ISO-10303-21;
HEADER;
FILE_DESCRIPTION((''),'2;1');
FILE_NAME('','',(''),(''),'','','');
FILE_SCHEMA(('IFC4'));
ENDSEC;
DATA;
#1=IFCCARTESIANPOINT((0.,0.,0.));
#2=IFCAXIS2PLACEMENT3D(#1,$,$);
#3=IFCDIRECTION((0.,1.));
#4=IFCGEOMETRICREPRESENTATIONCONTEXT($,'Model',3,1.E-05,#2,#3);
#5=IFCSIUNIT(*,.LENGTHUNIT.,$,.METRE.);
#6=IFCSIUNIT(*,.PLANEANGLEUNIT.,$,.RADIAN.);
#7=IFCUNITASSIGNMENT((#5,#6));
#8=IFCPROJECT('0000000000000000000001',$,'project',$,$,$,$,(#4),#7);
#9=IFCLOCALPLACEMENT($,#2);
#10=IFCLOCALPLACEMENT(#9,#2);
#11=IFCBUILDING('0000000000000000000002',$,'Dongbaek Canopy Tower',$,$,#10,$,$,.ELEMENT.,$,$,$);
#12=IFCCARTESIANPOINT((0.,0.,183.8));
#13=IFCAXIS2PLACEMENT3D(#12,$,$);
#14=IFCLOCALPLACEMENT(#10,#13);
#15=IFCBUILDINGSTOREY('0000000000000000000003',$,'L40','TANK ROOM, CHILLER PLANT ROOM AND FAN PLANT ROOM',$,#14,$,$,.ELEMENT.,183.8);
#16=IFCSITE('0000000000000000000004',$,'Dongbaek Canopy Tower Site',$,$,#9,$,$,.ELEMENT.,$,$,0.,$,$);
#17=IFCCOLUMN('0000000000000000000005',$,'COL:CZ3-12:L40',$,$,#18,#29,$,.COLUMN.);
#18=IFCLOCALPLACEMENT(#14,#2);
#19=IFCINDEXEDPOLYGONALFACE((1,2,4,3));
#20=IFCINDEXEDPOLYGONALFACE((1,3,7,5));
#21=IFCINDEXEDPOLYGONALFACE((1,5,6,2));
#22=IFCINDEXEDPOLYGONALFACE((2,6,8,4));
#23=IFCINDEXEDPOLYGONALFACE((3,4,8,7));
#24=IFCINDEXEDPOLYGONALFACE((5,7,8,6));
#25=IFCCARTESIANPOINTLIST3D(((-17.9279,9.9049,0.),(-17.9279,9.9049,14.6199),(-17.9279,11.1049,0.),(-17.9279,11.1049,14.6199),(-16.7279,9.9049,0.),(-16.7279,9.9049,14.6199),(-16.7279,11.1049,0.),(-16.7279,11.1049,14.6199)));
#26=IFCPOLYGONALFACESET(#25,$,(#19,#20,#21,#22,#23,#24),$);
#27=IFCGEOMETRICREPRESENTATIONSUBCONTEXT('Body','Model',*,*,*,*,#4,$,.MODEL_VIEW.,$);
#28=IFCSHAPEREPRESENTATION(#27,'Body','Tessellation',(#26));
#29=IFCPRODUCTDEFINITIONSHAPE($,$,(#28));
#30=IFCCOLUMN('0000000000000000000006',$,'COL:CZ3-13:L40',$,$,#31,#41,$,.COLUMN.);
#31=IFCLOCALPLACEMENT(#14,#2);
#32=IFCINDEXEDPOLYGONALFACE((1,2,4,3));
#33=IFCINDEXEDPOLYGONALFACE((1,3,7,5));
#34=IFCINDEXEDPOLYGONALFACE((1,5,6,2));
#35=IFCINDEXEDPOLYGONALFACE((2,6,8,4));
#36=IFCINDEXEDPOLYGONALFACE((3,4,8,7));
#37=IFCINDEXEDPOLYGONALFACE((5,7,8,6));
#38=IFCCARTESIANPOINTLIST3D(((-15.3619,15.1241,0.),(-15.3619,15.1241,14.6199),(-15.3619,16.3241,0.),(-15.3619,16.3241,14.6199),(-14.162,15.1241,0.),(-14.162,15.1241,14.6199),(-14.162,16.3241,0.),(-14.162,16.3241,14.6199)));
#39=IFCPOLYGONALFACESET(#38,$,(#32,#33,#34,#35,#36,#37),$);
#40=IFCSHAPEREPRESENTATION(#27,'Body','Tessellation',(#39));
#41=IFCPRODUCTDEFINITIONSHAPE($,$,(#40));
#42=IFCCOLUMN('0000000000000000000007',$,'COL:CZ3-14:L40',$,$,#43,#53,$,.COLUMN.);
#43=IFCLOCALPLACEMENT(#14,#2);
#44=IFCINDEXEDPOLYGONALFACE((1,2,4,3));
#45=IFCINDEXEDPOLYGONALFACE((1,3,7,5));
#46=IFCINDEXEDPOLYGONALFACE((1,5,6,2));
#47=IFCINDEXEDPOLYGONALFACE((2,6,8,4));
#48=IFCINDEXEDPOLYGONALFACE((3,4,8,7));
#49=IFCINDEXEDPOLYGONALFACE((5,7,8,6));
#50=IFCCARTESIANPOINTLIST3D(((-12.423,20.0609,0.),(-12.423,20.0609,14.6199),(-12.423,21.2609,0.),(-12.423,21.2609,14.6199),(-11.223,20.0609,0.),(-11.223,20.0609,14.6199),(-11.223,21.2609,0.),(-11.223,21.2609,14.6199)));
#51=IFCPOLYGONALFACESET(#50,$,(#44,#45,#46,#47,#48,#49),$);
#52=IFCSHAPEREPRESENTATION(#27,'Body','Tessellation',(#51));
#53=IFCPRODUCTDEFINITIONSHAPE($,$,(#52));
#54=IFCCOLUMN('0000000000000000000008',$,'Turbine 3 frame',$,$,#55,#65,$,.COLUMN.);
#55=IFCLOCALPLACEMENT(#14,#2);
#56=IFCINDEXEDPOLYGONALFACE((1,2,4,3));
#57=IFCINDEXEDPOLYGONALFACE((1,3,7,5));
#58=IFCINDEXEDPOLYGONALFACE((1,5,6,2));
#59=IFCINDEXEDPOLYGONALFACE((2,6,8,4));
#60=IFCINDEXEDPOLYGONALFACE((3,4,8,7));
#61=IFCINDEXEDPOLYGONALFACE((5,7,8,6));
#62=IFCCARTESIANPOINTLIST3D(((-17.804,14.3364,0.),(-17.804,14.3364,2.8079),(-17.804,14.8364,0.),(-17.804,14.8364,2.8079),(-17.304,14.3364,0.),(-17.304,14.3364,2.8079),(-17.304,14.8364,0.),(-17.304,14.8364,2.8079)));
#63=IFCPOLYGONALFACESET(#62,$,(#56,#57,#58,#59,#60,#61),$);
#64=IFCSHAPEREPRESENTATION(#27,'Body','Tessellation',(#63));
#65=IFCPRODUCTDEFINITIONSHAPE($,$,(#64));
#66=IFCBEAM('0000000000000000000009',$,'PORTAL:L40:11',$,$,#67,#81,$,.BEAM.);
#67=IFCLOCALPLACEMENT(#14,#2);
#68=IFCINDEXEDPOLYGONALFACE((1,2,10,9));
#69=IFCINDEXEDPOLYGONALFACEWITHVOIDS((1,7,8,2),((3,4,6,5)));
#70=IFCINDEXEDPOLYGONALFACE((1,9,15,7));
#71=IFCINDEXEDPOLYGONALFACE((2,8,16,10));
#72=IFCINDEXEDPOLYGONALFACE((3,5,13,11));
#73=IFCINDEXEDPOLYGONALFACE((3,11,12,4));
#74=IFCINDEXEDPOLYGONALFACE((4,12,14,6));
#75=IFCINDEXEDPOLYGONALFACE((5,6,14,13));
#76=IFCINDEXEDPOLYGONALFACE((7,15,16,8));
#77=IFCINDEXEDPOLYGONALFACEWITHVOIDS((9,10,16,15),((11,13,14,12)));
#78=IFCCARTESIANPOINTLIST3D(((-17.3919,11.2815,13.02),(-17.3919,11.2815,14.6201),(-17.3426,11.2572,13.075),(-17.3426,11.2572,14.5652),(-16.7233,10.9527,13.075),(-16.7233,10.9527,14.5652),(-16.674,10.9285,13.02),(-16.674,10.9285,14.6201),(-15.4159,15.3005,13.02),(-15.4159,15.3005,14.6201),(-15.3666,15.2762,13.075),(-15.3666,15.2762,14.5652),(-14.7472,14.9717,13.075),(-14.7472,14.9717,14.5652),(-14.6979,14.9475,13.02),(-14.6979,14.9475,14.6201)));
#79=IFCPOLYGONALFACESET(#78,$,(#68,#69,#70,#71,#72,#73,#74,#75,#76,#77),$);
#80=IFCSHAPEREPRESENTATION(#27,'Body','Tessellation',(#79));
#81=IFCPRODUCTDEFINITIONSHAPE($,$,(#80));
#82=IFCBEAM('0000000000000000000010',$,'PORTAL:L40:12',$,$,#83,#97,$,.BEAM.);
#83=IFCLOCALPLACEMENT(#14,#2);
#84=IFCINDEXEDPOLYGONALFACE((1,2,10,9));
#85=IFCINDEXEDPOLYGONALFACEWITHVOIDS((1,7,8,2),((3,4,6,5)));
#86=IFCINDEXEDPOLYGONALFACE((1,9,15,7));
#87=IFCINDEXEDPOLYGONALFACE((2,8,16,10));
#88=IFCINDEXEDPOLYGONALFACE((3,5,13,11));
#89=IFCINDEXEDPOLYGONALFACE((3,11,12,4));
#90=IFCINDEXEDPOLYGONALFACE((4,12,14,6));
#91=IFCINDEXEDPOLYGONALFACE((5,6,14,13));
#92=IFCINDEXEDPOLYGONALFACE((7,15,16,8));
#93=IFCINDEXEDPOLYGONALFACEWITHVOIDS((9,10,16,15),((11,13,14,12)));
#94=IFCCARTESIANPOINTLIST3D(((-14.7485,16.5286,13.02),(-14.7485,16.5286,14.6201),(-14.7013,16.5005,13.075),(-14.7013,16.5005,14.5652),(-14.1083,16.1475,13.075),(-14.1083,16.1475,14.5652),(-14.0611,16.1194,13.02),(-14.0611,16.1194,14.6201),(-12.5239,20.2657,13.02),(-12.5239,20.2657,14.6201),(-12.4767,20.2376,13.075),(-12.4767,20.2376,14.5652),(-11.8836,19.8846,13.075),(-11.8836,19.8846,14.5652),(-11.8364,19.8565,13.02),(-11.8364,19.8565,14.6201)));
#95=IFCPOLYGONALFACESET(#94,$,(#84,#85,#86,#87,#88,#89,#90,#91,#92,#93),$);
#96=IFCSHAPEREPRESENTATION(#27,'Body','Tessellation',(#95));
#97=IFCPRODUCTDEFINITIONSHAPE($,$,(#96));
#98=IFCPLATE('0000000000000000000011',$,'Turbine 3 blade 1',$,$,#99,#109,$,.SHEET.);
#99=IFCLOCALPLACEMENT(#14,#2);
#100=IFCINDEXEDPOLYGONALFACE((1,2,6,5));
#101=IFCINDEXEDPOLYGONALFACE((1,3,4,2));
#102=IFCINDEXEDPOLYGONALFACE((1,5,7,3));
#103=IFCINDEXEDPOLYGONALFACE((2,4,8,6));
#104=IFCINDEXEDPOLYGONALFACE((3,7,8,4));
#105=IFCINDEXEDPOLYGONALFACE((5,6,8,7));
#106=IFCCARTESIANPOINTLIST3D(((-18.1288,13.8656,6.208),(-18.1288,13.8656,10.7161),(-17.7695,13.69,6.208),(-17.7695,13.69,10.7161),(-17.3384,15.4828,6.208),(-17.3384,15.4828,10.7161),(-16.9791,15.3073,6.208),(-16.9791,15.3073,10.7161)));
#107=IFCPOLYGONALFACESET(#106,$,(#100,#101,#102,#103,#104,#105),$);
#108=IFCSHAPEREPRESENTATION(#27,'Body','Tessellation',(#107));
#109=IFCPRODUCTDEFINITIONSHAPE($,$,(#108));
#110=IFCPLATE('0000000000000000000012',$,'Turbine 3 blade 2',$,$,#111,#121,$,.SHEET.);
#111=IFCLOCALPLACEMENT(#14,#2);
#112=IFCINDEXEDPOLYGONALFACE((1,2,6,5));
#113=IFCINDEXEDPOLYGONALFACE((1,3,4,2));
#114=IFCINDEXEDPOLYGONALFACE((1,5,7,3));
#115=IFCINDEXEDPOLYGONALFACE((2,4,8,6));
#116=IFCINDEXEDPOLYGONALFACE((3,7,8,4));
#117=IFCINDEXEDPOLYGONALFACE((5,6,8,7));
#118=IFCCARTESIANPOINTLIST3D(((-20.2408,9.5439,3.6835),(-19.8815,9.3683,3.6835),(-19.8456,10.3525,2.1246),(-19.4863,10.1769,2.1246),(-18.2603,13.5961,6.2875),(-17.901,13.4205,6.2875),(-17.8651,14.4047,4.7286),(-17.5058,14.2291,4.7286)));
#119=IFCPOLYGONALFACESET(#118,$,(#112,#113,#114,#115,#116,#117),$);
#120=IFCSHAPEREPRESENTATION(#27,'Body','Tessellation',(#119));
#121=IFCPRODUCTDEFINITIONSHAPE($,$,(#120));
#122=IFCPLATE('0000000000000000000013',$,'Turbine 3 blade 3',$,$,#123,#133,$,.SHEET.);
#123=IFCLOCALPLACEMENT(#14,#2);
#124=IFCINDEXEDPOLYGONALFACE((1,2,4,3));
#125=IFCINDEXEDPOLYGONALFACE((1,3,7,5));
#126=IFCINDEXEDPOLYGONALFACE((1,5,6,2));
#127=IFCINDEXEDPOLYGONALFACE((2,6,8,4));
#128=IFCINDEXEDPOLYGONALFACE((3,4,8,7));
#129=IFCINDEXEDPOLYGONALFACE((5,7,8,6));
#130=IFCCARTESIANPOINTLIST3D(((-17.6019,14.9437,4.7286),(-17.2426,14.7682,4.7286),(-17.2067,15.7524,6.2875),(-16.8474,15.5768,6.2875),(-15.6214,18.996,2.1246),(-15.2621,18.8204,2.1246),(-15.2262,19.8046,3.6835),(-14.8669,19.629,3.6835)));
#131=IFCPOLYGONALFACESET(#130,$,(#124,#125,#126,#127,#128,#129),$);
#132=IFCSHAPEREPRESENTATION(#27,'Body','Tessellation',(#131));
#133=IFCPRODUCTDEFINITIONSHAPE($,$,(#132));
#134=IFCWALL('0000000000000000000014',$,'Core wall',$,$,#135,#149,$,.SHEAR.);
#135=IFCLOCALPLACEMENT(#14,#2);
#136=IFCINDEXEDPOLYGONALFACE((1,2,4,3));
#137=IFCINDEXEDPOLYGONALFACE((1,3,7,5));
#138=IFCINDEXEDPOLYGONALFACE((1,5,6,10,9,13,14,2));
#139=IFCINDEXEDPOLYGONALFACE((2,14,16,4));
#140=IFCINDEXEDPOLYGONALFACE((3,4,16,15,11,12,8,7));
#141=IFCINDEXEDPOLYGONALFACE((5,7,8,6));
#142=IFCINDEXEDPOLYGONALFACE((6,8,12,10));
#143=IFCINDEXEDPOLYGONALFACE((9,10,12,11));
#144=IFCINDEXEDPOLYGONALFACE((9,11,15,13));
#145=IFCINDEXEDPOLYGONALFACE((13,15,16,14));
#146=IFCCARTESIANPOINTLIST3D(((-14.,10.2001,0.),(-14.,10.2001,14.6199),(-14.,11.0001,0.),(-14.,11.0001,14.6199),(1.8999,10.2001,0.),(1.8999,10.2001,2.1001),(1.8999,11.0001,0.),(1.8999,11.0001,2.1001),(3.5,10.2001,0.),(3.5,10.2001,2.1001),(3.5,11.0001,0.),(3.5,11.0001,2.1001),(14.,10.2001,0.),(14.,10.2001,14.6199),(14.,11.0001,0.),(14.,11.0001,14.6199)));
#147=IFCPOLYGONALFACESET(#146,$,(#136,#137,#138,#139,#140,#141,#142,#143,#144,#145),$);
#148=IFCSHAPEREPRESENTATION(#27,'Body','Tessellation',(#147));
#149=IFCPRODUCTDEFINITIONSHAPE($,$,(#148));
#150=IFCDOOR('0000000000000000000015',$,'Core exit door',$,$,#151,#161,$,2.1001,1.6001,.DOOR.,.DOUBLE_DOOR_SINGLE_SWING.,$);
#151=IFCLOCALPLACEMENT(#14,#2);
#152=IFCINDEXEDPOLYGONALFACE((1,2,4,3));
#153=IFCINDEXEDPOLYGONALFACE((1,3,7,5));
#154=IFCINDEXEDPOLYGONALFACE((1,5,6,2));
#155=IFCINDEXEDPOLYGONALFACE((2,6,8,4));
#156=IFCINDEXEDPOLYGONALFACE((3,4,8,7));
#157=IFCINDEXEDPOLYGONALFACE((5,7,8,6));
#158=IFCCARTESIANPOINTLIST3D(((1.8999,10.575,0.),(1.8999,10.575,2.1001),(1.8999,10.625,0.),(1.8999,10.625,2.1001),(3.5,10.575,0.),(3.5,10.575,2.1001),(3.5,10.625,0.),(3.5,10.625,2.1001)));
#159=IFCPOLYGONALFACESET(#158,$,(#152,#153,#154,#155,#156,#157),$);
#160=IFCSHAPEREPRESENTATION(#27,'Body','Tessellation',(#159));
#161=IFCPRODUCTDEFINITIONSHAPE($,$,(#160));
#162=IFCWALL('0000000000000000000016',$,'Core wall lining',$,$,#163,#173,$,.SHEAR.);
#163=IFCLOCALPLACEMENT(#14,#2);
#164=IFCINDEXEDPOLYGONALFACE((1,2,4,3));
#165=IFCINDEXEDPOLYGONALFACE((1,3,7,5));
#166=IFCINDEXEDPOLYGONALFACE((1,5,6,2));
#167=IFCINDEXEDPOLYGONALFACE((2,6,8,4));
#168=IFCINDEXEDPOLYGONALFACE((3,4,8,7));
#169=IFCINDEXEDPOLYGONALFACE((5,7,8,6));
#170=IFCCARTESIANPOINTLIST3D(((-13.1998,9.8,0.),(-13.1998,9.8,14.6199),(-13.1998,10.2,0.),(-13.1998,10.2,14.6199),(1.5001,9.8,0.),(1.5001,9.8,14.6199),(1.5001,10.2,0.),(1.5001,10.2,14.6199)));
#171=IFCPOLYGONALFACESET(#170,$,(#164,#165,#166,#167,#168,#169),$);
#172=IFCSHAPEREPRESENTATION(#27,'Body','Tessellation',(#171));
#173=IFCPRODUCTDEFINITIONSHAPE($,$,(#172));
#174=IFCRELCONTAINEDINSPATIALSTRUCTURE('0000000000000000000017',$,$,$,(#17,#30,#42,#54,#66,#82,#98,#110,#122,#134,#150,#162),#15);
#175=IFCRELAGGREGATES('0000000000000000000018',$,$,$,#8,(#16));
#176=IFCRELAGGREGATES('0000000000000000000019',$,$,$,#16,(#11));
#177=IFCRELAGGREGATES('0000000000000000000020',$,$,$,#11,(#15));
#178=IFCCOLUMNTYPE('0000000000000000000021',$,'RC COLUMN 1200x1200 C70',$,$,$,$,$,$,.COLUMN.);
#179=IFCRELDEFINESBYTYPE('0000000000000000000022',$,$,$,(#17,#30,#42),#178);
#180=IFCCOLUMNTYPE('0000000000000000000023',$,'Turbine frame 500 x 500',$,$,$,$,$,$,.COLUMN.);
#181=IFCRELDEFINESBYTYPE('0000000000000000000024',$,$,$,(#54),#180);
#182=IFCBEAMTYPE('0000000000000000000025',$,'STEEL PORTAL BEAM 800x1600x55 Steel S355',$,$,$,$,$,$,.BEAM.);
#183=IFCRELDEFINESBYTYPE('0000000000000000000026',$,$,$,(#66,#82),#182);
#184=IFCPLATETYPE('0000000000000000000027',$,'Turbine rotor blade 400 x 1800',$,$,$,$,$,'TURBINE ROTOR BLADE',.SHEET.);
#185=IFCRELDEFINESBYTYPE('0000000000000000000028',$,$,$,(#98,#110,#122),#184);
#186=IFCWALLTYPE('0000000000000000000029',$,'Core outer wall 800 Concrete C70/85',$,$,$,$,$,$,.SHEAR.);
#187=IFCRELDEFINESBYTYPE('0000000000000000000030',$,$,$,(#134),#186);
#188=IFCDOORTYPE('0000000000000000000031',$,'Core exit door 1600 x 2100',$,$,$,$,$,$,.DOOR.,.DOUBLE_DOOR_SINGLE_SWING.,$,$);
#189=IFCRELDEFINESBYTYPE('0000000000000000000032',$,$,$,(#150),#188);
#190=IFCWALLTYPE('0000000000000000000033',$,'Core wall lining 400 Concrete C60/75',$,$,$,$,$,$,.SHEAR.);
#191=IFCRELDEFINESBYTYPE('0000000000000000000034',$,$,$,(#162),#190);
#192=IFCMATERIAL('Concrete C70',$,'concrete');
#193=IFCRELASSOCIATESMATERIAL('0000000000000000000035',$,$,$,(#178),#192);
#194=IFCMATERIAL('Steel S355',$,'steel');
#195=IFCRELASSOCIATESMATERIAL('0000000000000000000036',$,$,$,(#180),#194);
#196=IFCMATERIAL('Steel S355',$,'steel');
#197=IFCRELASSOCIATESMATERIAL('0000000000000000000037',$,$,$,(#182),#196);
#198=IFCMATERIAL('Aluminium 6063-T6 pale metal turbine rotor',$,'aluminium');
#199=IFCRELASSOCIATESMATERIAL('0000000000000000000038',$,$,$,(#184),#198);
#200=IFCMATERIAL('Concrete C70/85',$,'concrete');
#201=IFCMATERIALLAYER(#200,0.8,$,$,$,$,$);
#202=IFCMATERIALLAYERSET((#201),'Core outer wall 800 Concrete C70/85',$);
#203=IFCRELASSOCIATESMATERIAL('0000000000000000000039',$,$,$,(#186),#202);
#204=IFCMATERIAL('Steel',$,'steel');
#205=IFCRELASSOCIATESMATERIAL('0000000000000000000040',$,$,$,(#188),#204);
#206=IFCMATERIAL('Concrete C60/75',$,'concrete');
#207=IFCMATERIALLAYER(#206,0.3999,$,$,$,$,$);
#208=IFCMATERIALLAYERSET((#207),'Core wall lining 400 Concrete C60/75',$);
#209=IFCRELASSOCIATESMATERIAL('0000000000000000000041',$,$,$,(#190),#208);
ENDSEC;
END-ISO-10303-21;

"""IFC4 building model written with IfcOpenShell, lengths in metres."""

from ifc_helpers import new_model, si_unit, direction, frame, frame_2d, origin, origin_2d, place, context, subcontext, project, spatial, rectangle, hollow_rectangle, extrude, material, layer, layer_set, material_profile, profile_set, type_object, element, fill, save


model = new_model("IFC4")

# Units and contexts
model_context = context("Model", 3, precision=1e-05, world=origin(), true_north=direction((0.0, 1.0)))
body_context = subcontext(model_context, "Body", "Model", "MODEL_VIEW")
ifc_project = project(units=[si_unit("LENGTHUNIT", "METRE"), si_unit("PLANEANGLEUNIT", "RADIAN")], contexts=[model_context])

# Site, building, storey
site_placement = place(None, origin())
site = spatial("IfcSite", under=ifc_project, at=site_placement, Name="Dongbaek Canopy Tower Site", CompositionType="ELEMENT", RefElevation=0.0)
building_placement = place(site_placement, origin())
building = spatial("IfcBuilding", under=site, at=building_placement, Name="Dongbaek Canopy Tower", CompositionType="ELEMENT")
storey_placement = place(building_placement, frame((0.0, 0.0, 183.8)))
storey = spatial("IfcBuildingStorey", under=building, at=storey_placement, Name="L40", Description="TANK ROOM, CHILLER PLANT ROOM AND FAN PLANT ROOM", CompositionType="ELEMENT", Elevation=183.8)

# Columns
ifc_material_1 = material(Name="Concrete C70", Category="concrete")
ifc_material_profile_1 = material_profile(ifc_material_1, rectangle(XDim=1.2, YDim=1.2, at=origin_2d()), Name="RC COLUMN 1200x1200 C70")
ifc_profile_set_1 = profile_set([ifc_material_profile_1], Name="Concrete C70")
column_type_1 = type_object("IfcColumnType", Name="RC COLUMN 1200x1200 C70", PredefinedType="COLUMN", material=ifc_profile_set_1)
for number, where, z_axis, x_axis, name in (
    (1, (-17.3279, 10.5049, 0.0), (0.0, 0.0, 1.0), (1.0, 0.0, 0.0), "COL:CZ3-12:L40"),
    (2, (-14.762, 15.7241, 0.0), (0.0, 0.0, 1.0), (1.0, 0.0, 0.0), "COL:CZ3-13:L40"),
    (3, (-11.823, 20.6609, 0.0), (0.0, 0.0, 1.0), (1.0, 0.0, 0.0), "COL:CZ3-14:L40"),
):
    element("IfcColumn", number, at=place(storey_placement, frame(where, z_axis=z_axis, x_axis=x_axis)), inside=storey, type_object=column_type_1, Name=name, PredefinedType="COLUMN", context=body_context, shape_type="SweptSolid", body=[
        extrude(rectangle(XDim=1.2, YDim=1.2, at=origin_2d()), origin(), (0.0, 0.0, 1.0), 14.6199),
    ])
ifc_material_2 = material(Name="Steel S355", Category="steel")
ifc_material_profile_2 = material_profile(ifc_material_2, rectangle(XDim=0.5, YDim=0.5, at=origin_2d()), Name="Turbine frame 500 x 500")
ifc_profile_set_2 = profile_set([ifc_material_profile_2], Name="Steel S355")
column_type_2 = type_object("IfcColumnType", Name="Turbine frame 500 x 500", PredefinedType="COLUMN", material=ifc_profile_set_2)
column_placement = place(storey_placement, frame((-17.554, 14.5864, 0.0), z_axis=(0.0, 0.0, 1.0), x_axis=(1.0, 0.0, 0.0)))
element("IfcColumn", 4, at=column_placement, inside=storey, type_object=column_type_2, Name="Turbine 3 frame", PredefinedType="COLUMN", context=body_context, shape_type="SweptSolid", body=[
    extrude(rectangle(XDim=0.5, YDim=0.5, at=origin_2d()), origin(), (0.0, 0.0, 1.0), 2.8079),
])

# Beams
ifc_material_3 = material(Name="Steel S355", Category="steel")
ifc_material_profile_3 = material_profile(ifc_material_3, hollow_rectangle(XDim=0.8, YDim=1.6001, WallThickness=0.0549, at=origin_2d()), Name="STEEL PORTAL BEAM 800x1600x55 Steel S355")
ifc_profile_set_3 = profile_set([ifc_material_profile_3], Name="Steel S355")
beam_type = type_object("IfcBeamType", Name="STEEL PORTAL BEAM 800x1600x55 Steel S355", PredefinedType="BEAM", material=ifc_profile_set_3)
beam_1_placement = place(storey_placement, frame((-17.033, 11.105, 13.8201), z_axis=(0.441229, 0.897395, 0.0), x_axis=(-0.897395, 0.441229, 0.0)))
element("IfcBeam", 5, at=beam_1_placement, inside=storey, type_object=beam_type, Name="PORTAL:L40:11", PredefinedType="BEAM", context=body_context, shape_type="SweptSolid", body=[
    extrude(hollow_rectangle(XDim=0.8, YDim=1.6001, WallThickness=0.0549, at=origin_2d()), origin(), (0.0, 0.0, 1.0), 4.4785),
])
beam_2_placement = place(storey_placement, frame((-14.4048, 16.324, 13.8201), z_axis=(0.511512, 0.859276, 0.0), x_axis=(-0.859276, 0.511512, 0.0)))
element("IfcBeam", 6, at=beam_2_placement, inside=storey, type_object=beam_type, Name="PORTAL:L40:12", PredefinedType="BEAM", context=body_context, shape_type="SweptSolid", body=[
    extrude(hollow_rectangle(XDim=0.8, YDim=1.6001, WallThickness=0.0549, at=origin_2d()), origin(), (0.0, 0.0, 1.0), 4.3491),
])

# Plates
ifc_material_4 = material(Name="Aluminium 6063-T6 pale metal turbine rotor", Category="aluminium")
ifc_material_profile_4 = material_profile(ifc_material_4, rectangle(XDim=0.3999, YDim=1.8, at=origin_2d()), Name="Turbine rotor blade 400 x 1800")
ifc_profile_set_4 = profile_set([ifc_material_profile_4], Name="Aluminium 6063-T6 pale metal turbine rotor")
plate_type = type_object("IfcPlateType", Name="Turbine rotor blade 400 x 1800", ElementType="TURBINE ROTOR BLADE", PredefinedType="SHEET", material=ifc_profile_set_4)
plate_placement = place(storey_placement, frame((-17.554, 14.5864, 6.208), z_axis=(0.0, 0.0, 1.0), x_axis=(-0.898443, 0.43909, 0.0)))
element("IfcPlate", 7, at=plate_placement, inside=storey, type_object=plate_type, Name="Turbine 3 blade 1", PredefinedType="SHEET", context=body_context, shape_type="SweptSolid", body=[
    extrude(rectangle(XDim=0.3999, YDim=1.8, at=origin_2d()), origin(), (0.0, 0.0, 1.0), 4.5081),
])
for number, where, z_axis, x_axis, name in (
    (8, (-17.8831, 13.9126, 5.5081), (-0.380271, -0.778073, -0.499996), (0.898439, -0.439098, 0.0), "Turbine 3 blade 2"),
    (9, (-17.2246, 15.2603, 5.5081), (0.380271, 0.778073, -0.499996), (-0.898439, 0.439098, 0.0), "Turbine 3 blade 3"),
):
    element("IfcPlate", number, at=place(storey_placement, frame(where, z_axis=z_axis, x_axis=x_axis)), inside=storey, type_object=plate_type, Name=name, PredefinedType="SHEET", context=body_context, shape_type="SweptSolid", body=[
        extrude(rectangle(XDim=0.3999, YDim=1.8, at=origin_2d()), origin(), (0.0, 0.0, 1.0), 5.208),
    ])

# Wall, opening, door
ifc_material_5 = material(Name="Concrete C70/85", Category="concrete")
ifc_layer_1 = layer(ifc_material_5, 0.8)
ifc_layer_set_1 = layer_set([ifc_layer_1], Name="Core outer wall 800 Concrete C70/85")
wall_type_1 = type_object("IfcWallType", Name="Core outer wall 800 Concrete C70/85", PredefinedType="SHEAR", material=ifc_layer_set_1)
wall_1_placement = place(storey_placement, frame((-14.0, 10.6001, 0.0), z_axis=(0.0, 0.0, 1.0), x_axis=(1.0, 0.0, 0.0)))
wall_1 = element("IfcWall", 10, at=wall_1_placement, inside=storey, type_object=wall_type_1, Name="Core wall", PredefinedType="SHEAR", context=body_context, shape_type="SweptSolid", body=[
    extrude(rectangle(XDim=28.0, YDim=0.8, at=frame_2d((14.0, 0.0))), origin(), (0.0, 0.0, 1.0), 14.6199),
])
opening_placement = place(wall_1_placement, frame((15.8999, 0.0, 0.0)))
opening = element("IfcOpeningElement", 11, at=opening_placement, cuts=wall_1, PredefinedType="OPENING", context=body_context, shape_type="SweptSolid", body=[
    extrude(rectangle(XDim=1.6001, YDim=2.1001, at=frame_2d((0.8, 1.05))), frame((0.0, 0.4099, 0.0), z_axis=(0.0, -1.0, 0.0), x_axis=(1.0, 0.0, 0.0)), (0.0, 0.0, 1.0), 0.8201),
])
ifc_material_6 = material(Name="Steel", Category="steel")
door_type = type_object("IfcDoorType", Name="Core exit door 1600 x 2100", OperationType="DOUBLE_DOOR_SINGLE_SWING", PredefinedType="DOOR", material=ifc_material_6)
door_placement = place(opening_placement, origin())
door = element("IfcDoor", 12, at=door_placement, inside=storey, type_object=door_type, Name="Core exit door", OperationType="DOUBLE_DOOR_SINGLE_SWING", OverallHeight=2.1001, OverallWidth=1.6001, PredefinedType="DOOR", context=body_context, shape_type="SweptSolid", body=[
    extrude(rectangle(XDim=1.6001, YDim=2.1001, at=frame_2d((0.8, 1.05))), frame((0.0, 0.0249, 0.0), z_axis=(0.0, -1.0, 0.0), x_axis=(1.0, 0.0, 0.0)), (0.0, 0.0, 1.0), 0.05),
])
fill(opening, door)

# Wall
ifc_material_7 = material(Name="Concrete C60/75", Category="concrete")
ifc_layer_2 = layer(ifc_material_7, 0.3999)
ifc_layer_set_2 = layer_set([ifc_layer_2], Name="Core wall lining 400 Concrete C60/75")
wall_type_2 = type_object("IfcWallType", Name="Core wall lining 400 Concrete C60/75", PredefinedType="SHEAR", material=ifc_layer_set_2)
wall_2_placement = place(storey_placement, frame((-13.2, 10.0, 0.0), z_axis=(0.0, 0.0, 1.0), x_axis=(1.0, 0.0, 0.0)))
element("IfcWall", 13, at=wall_2_placement, inside=storey, type_object=wall_type_2, Name="Core wall lining", PredefinedType="SHEAR", context=body_context, shape_type="SweptSolid", body=[
    extrude(rectangle(XDim=14.7, YDim=0.3999, at=frame_2d((7.3501, 0.0))), origin(), (0.0, 0.0, 1.0), 14.6199),
])

save(model, "model.ifc")
